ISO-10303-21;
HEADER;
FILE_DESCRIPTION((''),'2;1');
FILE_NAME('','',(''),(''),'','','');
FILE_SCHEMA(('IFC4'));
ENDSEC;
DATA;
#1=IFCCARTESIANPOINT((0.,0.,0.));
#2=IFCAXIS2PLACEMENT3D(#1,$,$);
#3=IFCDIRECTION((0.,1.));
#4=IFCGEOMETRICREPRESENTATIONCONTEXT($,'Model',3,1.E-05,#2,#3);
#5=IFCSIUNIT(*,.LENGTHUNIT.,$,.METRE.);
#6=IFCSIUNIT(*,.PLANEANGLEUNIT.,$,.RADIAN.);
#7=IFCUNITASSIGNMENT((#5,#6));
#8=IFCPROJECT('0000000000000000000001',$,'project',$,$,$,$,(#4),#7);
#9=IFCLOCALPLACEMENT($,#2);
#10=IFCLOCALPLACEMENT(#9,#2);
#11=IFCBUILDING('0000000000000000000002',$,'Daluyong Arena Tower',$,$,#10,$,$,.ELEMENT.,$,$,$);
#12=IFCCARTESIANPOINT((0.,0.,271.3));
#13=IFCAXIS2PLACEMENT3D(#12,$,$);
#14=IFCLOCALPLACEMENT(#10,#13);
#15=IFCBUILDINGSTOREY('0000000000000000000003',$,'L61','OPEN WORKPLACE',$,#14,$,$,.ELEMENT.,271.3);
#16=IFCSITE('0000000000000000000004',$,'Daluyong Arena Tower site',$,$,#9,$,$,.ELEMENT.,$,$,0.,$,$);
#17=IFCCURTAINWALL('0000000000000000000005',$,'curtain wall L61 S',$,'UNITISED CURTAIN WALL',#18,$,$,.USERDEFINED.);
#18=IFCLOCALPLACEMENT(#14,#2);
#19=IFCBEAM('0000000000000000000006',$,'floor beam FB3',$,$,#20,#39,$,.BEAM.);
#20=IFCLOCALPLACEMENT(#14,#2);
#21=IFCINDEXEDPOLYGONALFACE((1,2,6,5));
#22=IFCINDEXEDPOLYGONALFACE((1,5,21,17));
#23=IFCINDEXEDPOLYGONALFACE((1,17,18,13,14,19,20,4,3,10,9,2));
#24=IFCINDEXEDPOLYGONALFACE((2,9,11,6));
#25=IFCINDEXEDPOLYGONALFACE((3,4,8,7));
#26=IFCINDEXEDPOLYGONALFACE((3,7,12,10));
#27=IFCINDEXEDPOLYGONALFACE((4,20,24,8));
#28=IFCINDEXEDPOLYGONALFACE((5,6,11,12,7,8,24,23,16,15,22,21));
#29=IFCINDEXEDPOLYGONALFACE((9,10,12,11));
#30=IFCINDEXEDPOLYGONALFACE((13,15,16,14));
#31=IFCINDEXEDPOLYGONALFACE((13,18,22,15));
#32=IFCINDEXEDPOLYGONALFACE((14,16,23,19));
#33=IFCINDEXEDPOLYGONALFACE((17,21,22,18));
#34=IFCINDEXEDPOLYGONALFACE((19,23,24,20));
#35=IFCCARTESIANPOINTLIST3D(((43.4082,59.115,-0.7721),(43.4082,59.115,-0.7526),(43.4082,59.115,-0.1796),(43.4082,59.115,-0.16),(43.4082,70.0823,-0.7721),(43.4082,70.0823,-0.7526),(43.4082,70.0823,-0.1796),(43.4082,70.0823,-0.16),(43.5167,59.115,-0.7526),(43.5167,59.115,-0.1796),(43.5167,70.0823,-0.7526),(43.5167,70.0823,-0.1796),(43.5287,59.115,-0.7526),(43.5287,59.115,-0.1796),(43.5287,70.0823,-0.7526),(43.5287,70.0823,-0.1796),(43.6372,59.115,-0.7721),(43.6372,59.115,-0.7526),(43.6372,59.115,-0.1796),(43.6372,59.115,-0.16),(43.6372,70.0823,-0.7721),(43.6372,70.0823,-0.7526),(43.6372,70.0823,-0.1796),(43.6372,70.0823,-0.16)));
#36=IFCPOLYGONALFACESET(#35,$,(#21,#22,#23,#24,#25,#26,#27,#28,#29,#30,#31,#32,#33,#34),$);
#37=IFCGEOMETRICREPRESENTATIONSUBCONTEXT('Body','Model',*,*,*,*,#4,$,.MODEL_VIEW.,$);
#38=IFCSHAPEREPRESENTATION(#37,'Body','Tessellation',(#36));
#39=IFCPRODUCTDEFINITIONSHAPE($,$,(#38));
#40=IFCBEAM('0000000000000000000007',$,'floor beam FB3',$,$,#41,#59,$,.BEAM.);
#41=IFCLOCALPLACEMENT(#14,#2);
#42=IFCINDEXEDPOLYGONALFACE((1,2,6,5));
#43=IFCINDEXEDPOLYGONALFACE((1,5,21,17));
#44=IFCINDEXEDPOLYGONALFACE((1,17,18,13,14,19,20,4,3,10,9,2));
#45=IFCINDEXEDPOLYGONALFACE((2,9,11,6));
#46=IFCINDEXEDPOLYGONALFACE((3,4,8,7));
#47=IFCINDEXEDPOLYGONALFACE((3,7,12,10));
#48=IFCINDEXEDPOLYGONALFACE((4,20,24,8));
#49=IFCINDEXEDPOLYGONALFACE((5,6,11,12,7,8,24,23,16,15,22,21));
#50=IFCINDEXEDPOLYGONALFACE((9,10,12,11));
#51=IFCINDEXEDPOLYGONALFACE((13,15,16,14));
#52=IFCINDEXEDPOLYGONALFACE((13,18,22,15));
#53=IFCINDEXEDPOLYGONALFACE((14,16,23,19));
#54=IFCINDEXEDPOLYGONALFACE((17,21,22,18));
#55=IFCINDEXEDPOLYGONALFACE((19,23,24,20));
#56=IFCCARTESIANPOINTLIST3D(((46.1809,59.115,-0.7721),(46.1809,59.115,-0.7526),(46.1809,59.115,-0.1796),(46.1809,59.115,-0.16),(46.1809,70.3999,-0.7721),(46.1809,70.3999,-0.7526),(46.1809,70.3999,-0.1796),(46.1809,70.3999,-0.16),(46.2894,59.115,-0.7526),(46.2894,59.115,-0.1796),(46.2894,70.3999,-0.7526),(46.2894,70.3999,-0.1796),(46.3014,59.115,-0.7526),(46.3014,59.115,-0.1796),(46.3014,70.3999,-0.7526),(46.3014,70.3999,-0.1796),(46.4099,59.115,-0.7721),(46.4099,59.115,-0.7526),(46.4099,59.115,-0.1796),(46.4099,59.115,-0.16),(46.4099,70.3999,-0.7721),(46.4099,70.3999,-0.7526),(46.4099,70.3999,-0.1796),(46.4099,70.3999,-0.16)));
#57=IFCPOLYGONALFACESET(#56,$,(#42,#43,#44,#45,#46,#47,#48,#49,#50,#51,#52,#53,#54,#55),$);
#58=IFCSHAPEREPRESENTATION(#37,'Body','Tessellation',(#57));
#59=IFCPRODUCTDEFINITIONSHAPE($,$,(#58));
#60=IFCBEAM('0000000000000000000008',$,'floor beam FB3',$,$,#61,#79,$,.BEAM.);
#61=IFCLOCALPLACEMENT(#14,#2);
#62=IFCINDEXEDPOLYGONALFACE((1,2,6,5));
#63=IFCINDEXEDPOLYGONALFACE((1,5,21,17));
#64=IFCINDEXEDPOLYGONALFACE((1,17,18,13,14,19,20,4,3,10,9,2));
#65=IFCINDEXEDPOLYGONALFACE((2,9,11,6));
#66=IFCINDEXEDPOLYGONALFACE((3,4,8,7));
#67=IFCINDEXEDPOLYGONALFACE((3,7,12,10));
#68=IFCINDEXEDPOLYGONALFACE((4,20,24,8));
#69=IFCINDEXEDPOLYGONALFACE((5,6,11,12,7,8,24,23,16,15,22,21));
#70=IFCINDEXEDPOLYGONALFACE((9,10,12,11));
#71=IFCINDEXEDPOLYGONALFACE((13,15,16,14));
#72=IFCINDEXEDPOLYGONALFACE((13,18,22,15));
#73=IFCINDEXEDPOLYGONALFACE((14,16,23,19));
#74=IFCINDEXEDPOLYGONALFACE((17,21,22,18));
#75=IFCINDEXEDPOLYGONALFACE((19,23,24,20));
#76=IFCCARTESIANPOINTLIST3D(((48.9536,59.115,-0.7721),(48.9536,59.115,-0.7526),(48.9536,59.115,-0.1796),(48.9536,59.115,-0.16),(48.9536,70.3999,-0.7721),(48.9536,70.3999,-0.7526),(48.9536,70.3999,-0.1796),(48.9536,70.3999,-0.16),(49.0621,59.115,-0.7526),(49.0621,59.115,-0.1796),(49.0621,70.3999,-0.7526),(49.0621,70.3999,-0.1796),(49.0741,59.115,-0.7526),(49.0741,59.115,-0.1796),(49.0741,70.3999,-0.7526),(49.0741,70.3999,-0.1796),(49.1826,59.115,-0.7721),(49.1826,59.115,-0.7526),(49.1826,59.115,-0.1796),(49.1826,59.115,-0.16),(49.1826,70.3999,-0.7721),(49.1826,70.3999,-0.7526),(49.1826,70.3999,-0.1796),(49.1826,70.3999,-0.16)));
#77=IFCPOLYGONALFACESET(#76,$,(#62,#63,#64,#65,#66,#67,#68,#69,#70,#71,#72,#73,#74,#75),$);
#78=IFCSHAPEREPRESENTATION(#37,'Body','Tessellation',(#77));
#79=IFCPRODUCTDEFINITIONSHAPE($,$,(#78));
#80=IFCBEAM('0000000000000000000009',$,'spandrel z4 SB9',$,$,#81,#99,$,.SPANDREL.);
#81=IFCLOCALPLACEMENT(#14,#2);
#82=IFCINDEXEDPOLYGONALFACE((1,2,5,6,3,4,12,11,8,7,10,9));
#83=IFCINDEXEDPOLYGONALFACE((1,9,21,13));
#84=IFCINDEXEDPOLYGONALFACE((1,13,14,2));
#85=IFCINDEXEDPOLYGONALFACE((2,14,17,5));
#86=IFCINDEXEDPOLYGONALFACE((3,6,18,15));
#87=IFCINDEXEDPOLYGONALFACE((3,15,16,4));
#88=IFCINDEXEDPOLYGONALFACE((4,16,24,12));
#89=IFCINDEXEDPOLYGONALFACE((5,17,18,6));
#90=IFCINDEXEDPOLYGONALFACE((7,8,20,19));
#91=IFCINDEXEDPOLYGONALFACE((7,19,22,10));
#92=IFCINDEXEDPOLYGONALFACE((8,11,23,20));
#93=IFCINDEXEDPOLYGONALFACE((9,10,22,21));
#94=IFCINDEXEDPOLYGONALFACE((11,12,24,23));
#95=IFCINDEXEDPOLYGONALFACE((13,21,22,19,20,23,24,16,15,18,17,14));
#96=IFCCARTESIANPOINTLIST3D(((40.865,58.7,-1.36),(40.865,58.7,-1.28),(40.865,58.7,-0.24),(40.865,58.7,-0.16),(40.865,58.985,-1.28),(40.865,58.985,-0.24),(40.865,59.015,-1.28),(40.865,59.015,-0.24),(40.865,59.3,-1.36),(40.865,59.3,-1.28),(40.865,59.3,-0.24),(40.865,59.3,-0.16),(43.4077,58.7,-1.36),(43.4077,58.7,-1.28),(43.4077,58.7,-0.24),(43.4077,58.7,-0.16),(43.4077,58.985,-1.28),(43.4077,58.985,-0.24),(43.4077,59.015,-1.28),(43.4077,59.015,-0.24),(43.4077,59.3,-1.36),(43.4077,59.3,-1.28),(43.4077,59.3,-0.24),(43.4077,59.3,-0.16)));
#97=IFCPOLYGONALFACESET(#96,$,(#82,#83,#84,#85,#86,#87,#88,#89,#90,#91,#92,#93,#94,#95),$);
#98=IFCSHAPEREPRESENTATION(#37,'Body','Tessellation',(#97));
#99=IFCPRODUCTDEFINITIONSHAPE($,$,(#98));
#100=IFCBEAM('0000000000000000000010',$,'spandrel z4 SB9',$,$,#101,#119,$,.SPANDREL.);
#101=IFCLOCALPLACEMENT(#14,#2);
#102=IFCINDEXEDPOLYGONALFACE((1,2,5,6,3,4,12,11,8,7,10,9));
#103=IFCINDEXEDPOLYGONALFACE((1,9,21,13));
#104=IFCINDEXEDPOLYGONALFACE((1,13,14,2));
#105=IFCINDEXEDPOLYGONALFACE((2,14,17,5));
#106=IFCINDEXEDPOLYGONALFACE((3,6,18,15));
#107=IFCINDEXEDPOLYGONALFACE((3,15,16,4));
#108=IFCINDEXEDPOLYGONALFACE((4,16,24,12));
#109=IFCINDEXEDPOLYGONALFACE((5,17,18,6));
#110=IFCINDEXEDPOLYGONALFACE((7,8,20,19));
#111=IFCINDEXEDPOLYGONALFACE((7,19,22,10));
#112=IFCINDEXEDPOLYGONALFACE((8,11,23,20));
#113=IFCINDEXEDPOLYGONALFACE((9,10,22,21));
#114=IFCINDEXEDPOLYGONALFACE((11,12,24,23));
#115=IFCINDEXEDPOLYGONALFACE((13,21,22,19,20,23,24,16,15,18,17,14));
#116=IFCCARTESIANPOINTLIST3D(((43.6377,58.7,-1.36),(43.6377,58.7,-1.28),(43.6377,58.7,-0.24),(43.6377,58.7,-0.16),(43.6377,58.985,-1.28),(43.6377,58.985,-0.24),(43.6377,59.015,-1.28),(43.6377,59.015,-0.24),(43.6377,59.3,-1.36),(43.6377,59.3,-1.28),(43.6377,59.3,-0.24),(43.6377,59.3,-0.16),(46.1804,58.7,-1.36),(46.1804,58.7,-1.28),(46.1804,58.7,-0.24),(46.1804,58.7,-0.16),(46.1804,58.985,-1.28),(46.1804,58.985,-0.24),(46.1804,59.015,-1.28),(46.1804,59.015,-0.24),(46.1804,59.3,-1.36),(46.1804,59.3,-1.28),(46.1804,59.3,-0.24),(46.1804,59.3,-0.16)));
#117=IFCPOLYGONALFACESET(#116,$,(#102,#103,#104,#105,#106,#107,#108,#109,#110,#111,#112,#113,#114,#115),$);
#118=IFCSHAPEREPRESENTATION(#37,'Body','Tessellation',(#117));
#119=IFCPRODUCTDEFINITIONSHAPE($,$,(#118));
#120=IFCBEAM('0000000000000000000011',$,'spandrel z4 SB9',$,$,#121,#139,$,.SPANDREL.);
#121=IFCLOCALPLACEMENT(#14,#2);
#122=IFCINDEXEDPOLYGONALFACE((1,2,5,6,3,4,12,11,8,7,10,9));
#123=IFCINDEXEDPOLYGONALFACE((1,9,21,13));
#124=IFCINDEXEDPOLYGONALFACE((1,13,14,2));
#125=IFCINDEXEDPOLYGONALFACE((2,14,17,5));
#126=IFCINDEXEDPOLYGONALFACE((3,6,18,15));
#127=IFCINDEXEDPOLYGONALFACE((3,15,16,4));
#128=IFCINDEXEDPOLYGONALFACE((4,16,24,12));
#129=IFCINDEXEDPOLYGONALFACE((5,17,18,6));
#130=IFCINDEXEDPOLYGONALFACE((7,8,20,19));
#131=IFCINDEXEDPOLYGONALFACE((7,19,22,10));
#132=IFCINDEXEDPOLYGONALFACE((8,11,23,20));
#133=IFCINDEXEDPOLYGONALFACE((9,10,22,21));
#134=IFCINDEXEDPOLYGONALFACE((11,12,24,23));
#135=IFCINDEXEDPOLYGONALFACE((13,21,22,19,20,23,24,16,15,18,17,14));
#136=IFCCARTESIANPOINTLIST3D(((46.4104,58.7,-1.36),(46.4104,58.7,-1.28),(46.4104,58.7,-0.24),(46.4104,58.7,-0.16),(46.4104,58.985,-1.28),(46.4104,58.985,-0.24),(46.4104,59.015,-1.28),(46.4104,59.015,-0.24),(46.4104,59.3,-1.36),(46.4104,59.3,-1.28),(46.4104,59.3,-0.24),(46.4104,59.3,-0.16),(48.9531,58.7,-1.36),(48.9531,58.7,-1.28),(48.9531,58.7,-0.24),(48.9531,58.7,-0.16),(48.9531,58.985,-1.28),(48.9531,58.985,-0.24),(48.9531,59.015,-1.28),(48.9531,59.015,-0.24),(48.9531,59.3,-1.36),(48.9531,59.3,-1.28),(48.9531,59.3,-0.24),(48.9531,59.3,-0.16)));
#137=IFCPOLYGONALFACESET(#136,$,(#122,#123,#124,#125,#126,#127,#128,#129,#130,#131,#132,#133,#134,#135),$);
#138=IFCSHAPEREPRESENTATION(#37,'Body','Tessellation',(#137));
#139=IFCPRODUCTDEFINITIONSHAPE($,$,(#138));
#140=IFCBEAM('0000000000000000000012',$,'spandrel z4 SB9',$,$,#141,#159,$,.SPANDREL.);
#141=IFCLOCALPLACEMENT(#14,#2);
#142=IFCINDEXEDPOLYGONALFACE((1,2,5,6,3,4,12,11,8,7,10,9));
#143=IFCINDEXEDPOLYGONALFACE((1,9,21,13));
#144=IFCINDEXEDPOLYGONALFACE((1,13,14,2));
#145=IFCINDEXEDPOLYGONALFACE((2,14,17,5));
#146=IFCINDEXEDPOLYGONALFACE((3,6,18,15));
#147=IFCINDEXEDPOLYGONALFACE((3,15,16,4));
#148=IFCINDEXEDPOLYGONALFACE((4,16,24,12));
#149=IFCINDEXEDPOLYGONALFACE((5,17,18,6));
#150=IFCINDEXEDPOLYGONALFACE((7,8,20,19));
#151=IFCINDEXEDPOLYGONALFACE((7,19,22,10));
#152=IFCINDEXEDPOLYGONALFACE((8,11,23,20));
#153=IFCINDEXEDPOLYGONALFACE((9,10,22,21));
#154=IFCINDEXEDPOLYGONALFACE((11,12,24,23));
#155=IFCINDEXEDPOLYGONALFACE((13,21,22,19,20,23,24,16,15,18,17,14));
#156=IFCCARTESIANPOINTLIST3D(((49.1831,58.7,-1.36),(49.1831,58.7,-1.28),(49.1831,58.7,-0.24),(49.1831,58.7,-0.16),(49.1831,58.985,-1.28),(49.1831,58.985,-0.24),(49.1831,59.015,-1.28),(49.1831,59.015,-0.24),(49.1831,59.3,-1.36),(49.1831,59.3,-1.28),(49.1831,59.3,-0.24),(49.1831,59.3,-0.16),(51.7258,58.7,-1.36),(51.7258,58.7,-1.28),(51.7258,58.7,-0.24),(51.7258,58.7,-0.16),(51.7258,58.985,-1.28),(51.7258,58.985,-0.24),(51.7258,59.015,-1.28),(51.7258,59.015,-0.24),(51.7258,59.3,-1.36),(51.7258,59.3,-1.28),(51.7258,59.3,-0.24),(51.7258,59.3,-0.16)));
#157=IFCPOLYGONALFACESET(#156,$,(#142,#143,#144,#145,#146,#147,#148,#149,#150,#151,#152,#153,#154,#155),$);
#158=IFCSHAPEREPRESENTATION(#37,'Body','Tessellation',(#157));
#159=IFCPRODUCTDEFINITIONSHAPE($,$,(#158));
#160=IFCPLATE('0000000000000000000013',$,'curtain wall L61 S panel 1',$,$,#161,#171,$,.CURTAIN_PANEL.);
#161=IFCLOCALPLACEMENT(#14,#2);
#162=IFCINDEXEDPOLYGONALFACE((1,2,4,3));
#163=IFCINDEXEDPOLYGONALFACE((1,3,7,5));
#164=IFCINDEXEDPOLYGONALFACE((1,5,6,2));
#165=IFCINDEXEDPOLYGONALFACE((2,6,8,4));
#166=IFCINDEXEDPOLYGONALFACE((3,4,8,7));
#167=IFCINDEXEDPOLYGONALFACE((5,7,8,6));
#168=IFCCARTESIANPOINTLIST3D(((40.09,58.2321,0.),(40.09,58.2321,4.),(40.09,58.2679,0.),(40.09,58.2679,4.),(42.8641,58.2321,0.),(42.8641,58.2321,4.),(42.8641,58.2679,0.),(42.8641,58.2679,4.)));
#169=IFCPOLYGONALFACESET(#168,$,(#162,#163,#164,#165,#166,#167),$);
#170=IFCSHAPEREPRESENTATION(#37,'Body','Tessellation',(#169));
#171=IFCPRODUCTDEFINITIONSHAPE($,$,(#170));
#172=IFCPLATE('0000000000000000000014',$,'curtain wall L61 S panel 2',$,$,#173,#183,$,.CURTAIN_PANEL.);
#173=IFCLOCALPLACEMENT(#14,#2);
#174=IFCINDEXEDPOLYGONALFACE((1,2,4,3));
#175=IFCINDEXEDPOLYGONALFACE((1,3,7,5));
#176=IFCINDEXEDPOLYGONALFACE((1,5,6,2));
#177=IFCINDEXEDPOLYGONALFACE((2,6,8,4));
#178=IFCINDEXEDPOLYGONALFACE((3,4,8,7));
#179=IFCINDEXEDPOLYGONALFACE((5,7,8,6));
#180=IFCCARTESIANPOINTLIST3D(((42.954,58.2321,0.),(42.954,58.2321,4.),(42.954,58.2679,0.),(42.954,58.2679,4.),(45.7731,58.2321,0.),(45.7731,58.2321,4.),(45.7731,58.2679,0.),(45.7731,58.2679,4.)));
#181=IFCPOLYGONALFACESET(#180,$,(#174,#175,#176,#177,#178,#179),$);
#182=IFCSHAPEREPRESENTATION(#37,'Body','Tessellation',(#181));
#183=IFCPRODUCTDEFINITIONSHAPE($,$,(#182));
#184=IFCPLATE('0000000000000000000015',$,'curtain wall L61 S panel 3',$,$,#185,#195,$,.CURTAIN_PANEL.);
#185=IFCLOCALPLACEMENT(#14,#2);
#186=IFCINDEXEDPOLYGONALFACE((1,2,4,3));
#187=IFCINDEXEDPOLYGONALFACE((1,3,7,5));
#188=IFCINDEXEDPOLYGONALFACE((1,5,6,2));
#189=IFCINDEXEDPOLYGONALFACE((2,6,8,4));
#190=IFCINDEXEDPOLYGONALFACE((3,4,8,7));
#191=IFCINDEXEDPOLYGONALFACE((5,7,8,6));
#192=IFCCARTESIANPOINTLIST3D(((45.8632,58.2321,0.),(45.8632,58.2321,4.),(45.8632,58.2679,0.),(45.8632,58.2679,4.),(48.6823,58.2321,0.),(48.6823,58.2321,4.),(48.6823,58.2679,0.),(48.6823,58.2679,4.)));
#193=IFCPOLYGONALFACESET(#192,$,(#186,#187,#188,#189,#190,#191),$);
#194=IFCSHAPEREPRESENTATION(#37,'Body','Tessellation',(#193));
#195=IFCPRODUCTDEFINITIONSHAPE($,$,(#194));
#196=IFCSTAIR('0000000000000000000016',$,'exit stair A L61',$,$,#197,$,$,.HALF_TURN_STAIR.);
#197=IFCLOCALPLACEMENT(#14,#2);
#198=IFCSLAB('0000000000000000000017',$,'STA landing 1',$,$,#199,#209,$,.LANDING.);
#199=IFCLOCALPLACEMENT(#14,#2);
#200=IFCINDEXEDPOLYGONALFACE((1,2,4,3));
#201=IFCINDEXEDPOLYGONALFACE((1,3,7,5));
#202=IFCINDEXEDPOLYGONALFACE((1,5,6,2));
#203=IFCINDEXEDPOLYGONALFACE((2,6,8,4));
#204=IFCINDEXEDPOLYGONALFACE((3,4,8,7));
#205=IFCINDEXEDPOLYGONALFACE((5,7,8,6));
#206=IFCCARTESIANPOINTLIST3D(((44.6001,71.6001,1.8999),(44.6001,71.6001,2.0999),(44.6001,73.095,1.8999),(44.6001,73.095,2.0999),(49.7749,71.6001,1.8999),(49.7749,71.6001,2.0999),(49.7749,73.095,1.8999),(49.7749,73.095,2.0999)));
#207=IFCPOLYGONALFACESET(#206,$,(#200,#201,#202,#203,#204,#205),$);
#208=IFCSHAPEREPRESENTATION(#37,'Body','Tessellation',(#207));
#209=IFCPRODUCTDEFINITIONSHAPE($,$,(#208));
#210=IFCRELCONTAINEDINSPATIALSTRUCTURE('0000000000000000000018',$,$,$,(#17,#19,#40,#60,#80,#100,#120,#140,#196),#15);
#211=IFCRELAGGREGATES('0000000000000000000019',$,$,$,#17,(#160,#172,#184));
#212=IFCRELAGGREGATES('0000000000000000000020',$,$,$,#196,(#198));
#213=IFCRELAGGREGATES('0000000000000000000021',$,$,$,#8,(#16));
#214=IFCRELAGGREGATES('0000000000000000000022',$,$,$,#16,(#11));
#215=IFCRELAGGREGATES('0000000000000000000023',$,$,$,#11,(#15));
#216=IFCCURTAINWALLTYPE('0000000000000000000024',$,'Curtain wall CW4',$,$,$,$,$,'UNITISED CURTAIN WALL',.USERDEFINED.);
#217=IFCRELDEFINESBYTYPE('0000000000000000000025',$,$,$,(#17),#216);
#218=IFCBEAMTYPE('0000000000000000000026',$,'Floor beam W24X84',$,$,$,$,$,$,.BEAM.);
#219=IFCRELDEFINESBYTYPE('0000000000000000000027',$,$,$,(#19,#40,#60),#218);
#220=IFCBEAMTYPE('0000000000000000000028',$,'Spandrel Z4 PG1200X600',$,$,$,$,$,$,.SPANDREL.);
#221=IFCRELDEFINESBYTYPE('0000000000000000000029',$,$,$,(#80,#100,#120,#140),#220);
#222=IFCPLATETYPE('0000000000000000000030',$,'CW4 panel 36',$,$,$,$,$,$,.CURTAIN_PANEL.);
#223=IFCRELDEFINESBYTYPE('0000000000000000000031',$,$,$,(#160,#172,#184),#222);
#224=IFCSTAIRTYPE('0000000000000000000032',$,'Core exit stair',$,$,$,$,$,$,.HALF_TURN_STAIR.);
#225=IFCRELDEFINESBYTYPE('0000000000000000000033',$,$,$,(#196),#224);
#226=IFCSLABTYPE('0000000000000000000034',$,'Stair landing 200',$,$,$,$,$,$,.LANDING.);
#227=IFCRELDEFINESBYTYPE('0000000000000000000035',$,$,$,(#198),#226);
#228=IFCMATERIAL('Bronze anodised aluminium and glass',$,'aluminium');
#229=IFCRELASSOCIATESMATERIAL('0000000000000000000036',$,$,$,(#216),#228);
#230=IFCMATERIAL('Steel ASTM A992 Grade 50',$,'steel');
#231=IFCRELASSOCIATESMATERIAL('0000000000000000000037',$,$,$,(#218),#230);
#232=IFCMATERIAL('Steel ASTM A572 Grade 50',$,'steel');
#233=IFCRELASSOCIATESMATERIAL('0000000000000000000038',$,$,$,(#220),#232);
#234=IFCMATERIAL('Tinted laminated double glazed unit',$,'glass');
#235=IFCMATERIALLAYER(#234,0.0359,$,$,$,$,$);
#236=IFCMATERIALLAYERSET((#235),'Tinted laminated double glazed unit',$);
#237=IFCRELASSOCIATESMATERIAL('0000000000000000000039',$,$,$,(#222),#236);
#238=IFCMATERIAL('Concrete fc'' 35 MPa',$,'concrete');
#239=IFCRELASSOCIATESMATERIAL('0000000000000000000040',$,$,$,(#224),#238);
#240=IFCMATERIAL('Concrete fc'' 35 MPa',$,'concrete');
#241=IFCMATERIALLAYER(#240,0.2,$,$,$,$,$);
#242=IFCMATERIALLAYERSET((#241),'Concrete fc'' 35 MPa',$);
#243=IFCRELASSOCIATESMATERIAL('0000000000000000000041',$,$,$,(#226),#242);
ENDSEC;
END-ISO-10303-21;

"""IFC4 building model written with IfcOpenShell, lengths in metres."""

from ifc_helpers import new_model, si_unit, direction, frame, origin, origin_2d, place, context, subcontext, project, spatial, polyline, rectangle, i_section, outline, extrude, material, layer, layer_set, material_profile, profile_set, type_object, element, aggregate, save


model = new_model("IFC4")

# Units and contexts
model_context = context("Model", 3, precision=1e-05, world=origin(), true_north=direction((0.0, 1.0)))
body_context = subcontext(model_context, "Body", "Model", "MODEL_VIEW")
ifc_project = project(units=[si_unit("LENGTHUNIT", "METRE"), si_unit("PLANEANGLEUNIT", "RADIAN")], contexts=[model_context])

# Site, building, storey
site_placement = place(None, origin())
site = spatial("IfcSite", under=ifc_project, at=site_placement, Name="Daluyong Arena Tower site", CompositionType="ELEMENT", RefElevation=0.0)
building_placement = place(site_placement, origin())
building = spatial("IfcBuilding", under=site, at=building_placement, Name="Daluyong Arena Tower", CompositionType="ELEMENT")
storey_placement = place(building_placement, frame((0.0, 0.0, 271.3)))
storey = spatial("IfcBuildingStorey", under=building, at=storey_placement, Name="L61", Description="OPEN WORKPLACE", CompositionType="ELEMENT", Elevation=271.3)

# Curtain wall
ifc_material_1 = material(Name="Bronze anodised aluminium and glass", Category="aluminium")
curtain_wall_type_1 = type_object("IfcCurtainWallType", Name="Curtain wall CW4", ElementType="UNITISED CURTAIN WALL", PredefinedType="USERDEFINED", material=ifc_material_1)
curtain_wall_1_placement = place(storey_placement, origin())
curtain_wall_1 = element("IfcCurtainWall", 1, at=curtain_wall_1_placement, inside=storey, type_object=curtain_wall_type_1, Name="curtain wall L61 S", ObjectType="UNITISED CURTAIN WALL", PredefinedType="USERDEFINED")

# Beams
ifc_material_2 = material(Name="Steel ASTM A992 Grade 50", Category="steel")
ifc_material_profile_1 = material_profile(ifc_material_2, i_section(OverallWidth=0.229, OverallDepth=0.6121, WebThickness=0.012, FlangeThickness=0.0195, at=origin_2d()))
ifc_profile_set_1 = profile_set([ifc_material_profile_1], Name="Steel ASTM A992 Grade 50")
beam_type_1 = type_object("IfcBeamType", Name="Floor beam W24X84", PredefinedType="BEAM", material=ifc_profile_set_1)
beam_placement = place(storey_placement, frame((43.5227, 59.115, -0.4661), z_axis=(0.0, 1.0, 0.0), x_axis=(-1.0, 0.0, 0.0)))
element("IfcBeam", 2, at=beam_placement, inside=storey, type_object=beam_type_1, Name="floor beam FB3", PredefinedType="BEAM", context=body_context, shape_type="SweptSolid", body=[
    extrude(i_section(OverallWidth=0.229, OverallDepth=0.6121, WebThickness=0.012, FlangeThickness=0.0195, at=origin_2d()), origin(), (0.0, 0.0, 1.0), 10.9673),
])
for number, where, z_axis, x_axis, name in (
    (3, (46.2954, 59.115, -0.4661), (0.0, 1.0, 0.0), (-1.0, 0.0, 0.0), "floor beam FB3"),
    (4, (49.0681, 59.115, -0.4661), (0.0, 1.0, 0.0), (-1.0, 0.0, 0.0), "floor beam FB3"),
):
    element("IfcBeam", number, at=place(storey_placement, frame(where, z_axis=z_axis, x_axis=x_axis)), inside=storey, type_object=beam_type_1, Name=name, PredefinedType="BEAM", context=body_context, shape_type="SweptSolid", body=[
        extrude(i_section(OverallWidth=0.229, OverallDepth=0.6121, WebThickness=0.012, FlangeThickness=0.0195, at=origin_2d()), origin(), (0.0, 0.0, 1.0), 11.2849),
    ])
ifc_material_3 = material(Name="Steel ASTM A572 Grade 50", Category="steel")
ifc_material_profile_2 = material_profile(ifc_material_3, i_section(OverallWidth=0.6001, OverallDepth=1.2, WebThickness=0.03, FlangeThickness=0.08, at=origin_2d()))
ifc_profile_set_2 = profile_set([ifc_material_profile_2], Name="Steel ASTM A572 Grade 50")
beam_type_2 = type_object("IfcBeamType", Name="Spandrel Z4 PG1200X600", PredefinedType="SPANDREL", material=ifc_profile_set_2)
for number, where, z_axis, x_axis, name in (
    (5, (40.865, 59.0, -0.76), (1.0, 0.0, 0.0), (0.0, 1.0, 0.0), "spandrel z4 SB9"),
    (6, (43.6377, 59.0, -0.76), (1.0, 0.0, 0.0), (0.0, 1.0, 0.0), "spandrel z4 SB9"),
    (7, (46.4104, 59.0, -0.76), (1.0, 0.0, 0.0), (0.0, 1.0, 0.0), "spandrel z4 SB9"),
    (8, (49.1831, 59.0, -0.76), (1.0, 0.0, 0.0), (0.0, 1.0, 0.0), "spandrel z4 SB9"),
):
    element("IfcBeam", number, at=place(storey_placement, frame(where, z_axis=z_axis, x_axis=x_axis)), inside=storey, type_object=beam_type_2, Name=name, PredefinedType="SPANDREL", context=body_context, shape_type="SweptSolid", body=[
        extrude(i_section(OverallWidth=0.6001, OverallDepth=1.2, WebThickness=0.03, FlangeThickness=0.08, at=origin_2d()), origin(), (0.0, 0.0, 1.0), 2.5427),
    ])

# Plates
ifc_material_4 = material(Name="Tinted laminated double glazed unit", Category="glass")
ifc_layer_1 = layer(ifc_material_4, 0.0359)
ifc_layer_set_1 = layer_set([ifc_layer_1], Name="Tinted laminated double glazed unit")
plate_type = type_object("IfcPlateType", Name="CW4 panel 36", PredefinedType="CURTAIN_PANEL", material=ifc_layer_set_1)
plate_1_placement = place(storey_placement, frame((41.4771, 58.25, 0.0), z_axis=(0.0, 0.0, 1.0), x_axis=(1.0, 0.0, 0.0)))
plate_1 = element("IfcPlate", 9, at=plate_1_placement, type_object=plate_type, Name="curtain wall L61 S panel 1", PredefinedType="CURTAIN_PANEL", context=body_context, shape_type="SweptSolid", body=[
    extrude(rectangle(XDim=2.7742, YDim=0.0359, at=origin_2d()), origin(), (0.0, 0.0, 1.0), 4.0),
])
plate_2_placement = place(storey_placement, frame((44.3635, 58.25, 0.0), z_axis=(0.0, 0.0, 1.0), x_axis=(1.0, 0.0, 0.0)))
plate_2 = element("IfcPlate", 10, at=plate_2_placement, type_object=plate_type, Name="curtain wall L61 S panel 2", PredefinedType="CURTAIN_PANEL", context=body_context, shape_type="SweptSolid", body=[
    extrude(rectangle(XDim=2.8191, YDim=0.0359, at=origin_2d()), origin(), (0.0, 0.0, 1.0), 4.0),
])
plate_3_placement = place(storey_placement, frame((47.2727, 58.25, 0.0), z_axis=(0.0, 0.0, 1.0), x_axis=(1.0, 0.0, 0.0)))
plate_3 = element("IfcPlate", 11, at=plate_3_placement, type_object=plate_type, Name="curtain wall L61 S panel 3", PredefinedType="CURTAIN_PANEL", context=body_context, shape_type="SweptSolid", body=[
    extrude(rectangle(XDim=2.8191, YDim=0.0359, at=origin_2d()), origin(), (0.0, 0.0, 1.0), 4.0),
])
aggregate(curtain_wall_1, [plate_1, plate_2, plate_3])

# Stair, slab
ifc_material_5 = material(Name="Concrete fc' 35 MPa", Category="concrete")
stair_type = type_object("IfcStairType", Name="Core exit stair", PredefinedType="HALF_TURN_STAIR", material=ifc_material_5)
stair_1_placement = place(storey_placement, origin())
stair_1 = element("IfcStair", 12, at=stair_1_placement, inside=storey, type_object=stair_type, Name="exit stair A L61", PredefinedType="HALF_TURN_STAIR")
ifc_material_6 = material(Name="Concrete fc' 35 MPa", Category="concrete")
ifc_layer_2 = layer(ifc_material_6, 0.2)
ifc_layer_set_2 = layer_set([ifc_layer_2], Name="Concrete fc' 35 MPa")
slab_type = type_object("IfcSlabType", Name="Stair landing 200", PredefinedType="LANDING", material=ifc_layer_set_2)
slab_1_placement = place(storey_placement, frame((0.0, 0.0, 1.8999)))
slab_1 = element("IfcSlab", 13, at=slab_1_placement, type_object=slab_type, Name="STA landing 1", PredefinedType="LANDING", context=body_context, shape_type="SweptSolid", body=[
    extrude(outline(polyline([(44.6001, 71.6001), (49.7749, 71.6001), (49.7749, 73.095), (44.6001, 73.095), (44.6001, 71.6001)])), origin(), (0.0, 0.0, 1.0), 0.2),
])
aggregate(stair_1, [slab_1])

save(model, "model.ifc")
